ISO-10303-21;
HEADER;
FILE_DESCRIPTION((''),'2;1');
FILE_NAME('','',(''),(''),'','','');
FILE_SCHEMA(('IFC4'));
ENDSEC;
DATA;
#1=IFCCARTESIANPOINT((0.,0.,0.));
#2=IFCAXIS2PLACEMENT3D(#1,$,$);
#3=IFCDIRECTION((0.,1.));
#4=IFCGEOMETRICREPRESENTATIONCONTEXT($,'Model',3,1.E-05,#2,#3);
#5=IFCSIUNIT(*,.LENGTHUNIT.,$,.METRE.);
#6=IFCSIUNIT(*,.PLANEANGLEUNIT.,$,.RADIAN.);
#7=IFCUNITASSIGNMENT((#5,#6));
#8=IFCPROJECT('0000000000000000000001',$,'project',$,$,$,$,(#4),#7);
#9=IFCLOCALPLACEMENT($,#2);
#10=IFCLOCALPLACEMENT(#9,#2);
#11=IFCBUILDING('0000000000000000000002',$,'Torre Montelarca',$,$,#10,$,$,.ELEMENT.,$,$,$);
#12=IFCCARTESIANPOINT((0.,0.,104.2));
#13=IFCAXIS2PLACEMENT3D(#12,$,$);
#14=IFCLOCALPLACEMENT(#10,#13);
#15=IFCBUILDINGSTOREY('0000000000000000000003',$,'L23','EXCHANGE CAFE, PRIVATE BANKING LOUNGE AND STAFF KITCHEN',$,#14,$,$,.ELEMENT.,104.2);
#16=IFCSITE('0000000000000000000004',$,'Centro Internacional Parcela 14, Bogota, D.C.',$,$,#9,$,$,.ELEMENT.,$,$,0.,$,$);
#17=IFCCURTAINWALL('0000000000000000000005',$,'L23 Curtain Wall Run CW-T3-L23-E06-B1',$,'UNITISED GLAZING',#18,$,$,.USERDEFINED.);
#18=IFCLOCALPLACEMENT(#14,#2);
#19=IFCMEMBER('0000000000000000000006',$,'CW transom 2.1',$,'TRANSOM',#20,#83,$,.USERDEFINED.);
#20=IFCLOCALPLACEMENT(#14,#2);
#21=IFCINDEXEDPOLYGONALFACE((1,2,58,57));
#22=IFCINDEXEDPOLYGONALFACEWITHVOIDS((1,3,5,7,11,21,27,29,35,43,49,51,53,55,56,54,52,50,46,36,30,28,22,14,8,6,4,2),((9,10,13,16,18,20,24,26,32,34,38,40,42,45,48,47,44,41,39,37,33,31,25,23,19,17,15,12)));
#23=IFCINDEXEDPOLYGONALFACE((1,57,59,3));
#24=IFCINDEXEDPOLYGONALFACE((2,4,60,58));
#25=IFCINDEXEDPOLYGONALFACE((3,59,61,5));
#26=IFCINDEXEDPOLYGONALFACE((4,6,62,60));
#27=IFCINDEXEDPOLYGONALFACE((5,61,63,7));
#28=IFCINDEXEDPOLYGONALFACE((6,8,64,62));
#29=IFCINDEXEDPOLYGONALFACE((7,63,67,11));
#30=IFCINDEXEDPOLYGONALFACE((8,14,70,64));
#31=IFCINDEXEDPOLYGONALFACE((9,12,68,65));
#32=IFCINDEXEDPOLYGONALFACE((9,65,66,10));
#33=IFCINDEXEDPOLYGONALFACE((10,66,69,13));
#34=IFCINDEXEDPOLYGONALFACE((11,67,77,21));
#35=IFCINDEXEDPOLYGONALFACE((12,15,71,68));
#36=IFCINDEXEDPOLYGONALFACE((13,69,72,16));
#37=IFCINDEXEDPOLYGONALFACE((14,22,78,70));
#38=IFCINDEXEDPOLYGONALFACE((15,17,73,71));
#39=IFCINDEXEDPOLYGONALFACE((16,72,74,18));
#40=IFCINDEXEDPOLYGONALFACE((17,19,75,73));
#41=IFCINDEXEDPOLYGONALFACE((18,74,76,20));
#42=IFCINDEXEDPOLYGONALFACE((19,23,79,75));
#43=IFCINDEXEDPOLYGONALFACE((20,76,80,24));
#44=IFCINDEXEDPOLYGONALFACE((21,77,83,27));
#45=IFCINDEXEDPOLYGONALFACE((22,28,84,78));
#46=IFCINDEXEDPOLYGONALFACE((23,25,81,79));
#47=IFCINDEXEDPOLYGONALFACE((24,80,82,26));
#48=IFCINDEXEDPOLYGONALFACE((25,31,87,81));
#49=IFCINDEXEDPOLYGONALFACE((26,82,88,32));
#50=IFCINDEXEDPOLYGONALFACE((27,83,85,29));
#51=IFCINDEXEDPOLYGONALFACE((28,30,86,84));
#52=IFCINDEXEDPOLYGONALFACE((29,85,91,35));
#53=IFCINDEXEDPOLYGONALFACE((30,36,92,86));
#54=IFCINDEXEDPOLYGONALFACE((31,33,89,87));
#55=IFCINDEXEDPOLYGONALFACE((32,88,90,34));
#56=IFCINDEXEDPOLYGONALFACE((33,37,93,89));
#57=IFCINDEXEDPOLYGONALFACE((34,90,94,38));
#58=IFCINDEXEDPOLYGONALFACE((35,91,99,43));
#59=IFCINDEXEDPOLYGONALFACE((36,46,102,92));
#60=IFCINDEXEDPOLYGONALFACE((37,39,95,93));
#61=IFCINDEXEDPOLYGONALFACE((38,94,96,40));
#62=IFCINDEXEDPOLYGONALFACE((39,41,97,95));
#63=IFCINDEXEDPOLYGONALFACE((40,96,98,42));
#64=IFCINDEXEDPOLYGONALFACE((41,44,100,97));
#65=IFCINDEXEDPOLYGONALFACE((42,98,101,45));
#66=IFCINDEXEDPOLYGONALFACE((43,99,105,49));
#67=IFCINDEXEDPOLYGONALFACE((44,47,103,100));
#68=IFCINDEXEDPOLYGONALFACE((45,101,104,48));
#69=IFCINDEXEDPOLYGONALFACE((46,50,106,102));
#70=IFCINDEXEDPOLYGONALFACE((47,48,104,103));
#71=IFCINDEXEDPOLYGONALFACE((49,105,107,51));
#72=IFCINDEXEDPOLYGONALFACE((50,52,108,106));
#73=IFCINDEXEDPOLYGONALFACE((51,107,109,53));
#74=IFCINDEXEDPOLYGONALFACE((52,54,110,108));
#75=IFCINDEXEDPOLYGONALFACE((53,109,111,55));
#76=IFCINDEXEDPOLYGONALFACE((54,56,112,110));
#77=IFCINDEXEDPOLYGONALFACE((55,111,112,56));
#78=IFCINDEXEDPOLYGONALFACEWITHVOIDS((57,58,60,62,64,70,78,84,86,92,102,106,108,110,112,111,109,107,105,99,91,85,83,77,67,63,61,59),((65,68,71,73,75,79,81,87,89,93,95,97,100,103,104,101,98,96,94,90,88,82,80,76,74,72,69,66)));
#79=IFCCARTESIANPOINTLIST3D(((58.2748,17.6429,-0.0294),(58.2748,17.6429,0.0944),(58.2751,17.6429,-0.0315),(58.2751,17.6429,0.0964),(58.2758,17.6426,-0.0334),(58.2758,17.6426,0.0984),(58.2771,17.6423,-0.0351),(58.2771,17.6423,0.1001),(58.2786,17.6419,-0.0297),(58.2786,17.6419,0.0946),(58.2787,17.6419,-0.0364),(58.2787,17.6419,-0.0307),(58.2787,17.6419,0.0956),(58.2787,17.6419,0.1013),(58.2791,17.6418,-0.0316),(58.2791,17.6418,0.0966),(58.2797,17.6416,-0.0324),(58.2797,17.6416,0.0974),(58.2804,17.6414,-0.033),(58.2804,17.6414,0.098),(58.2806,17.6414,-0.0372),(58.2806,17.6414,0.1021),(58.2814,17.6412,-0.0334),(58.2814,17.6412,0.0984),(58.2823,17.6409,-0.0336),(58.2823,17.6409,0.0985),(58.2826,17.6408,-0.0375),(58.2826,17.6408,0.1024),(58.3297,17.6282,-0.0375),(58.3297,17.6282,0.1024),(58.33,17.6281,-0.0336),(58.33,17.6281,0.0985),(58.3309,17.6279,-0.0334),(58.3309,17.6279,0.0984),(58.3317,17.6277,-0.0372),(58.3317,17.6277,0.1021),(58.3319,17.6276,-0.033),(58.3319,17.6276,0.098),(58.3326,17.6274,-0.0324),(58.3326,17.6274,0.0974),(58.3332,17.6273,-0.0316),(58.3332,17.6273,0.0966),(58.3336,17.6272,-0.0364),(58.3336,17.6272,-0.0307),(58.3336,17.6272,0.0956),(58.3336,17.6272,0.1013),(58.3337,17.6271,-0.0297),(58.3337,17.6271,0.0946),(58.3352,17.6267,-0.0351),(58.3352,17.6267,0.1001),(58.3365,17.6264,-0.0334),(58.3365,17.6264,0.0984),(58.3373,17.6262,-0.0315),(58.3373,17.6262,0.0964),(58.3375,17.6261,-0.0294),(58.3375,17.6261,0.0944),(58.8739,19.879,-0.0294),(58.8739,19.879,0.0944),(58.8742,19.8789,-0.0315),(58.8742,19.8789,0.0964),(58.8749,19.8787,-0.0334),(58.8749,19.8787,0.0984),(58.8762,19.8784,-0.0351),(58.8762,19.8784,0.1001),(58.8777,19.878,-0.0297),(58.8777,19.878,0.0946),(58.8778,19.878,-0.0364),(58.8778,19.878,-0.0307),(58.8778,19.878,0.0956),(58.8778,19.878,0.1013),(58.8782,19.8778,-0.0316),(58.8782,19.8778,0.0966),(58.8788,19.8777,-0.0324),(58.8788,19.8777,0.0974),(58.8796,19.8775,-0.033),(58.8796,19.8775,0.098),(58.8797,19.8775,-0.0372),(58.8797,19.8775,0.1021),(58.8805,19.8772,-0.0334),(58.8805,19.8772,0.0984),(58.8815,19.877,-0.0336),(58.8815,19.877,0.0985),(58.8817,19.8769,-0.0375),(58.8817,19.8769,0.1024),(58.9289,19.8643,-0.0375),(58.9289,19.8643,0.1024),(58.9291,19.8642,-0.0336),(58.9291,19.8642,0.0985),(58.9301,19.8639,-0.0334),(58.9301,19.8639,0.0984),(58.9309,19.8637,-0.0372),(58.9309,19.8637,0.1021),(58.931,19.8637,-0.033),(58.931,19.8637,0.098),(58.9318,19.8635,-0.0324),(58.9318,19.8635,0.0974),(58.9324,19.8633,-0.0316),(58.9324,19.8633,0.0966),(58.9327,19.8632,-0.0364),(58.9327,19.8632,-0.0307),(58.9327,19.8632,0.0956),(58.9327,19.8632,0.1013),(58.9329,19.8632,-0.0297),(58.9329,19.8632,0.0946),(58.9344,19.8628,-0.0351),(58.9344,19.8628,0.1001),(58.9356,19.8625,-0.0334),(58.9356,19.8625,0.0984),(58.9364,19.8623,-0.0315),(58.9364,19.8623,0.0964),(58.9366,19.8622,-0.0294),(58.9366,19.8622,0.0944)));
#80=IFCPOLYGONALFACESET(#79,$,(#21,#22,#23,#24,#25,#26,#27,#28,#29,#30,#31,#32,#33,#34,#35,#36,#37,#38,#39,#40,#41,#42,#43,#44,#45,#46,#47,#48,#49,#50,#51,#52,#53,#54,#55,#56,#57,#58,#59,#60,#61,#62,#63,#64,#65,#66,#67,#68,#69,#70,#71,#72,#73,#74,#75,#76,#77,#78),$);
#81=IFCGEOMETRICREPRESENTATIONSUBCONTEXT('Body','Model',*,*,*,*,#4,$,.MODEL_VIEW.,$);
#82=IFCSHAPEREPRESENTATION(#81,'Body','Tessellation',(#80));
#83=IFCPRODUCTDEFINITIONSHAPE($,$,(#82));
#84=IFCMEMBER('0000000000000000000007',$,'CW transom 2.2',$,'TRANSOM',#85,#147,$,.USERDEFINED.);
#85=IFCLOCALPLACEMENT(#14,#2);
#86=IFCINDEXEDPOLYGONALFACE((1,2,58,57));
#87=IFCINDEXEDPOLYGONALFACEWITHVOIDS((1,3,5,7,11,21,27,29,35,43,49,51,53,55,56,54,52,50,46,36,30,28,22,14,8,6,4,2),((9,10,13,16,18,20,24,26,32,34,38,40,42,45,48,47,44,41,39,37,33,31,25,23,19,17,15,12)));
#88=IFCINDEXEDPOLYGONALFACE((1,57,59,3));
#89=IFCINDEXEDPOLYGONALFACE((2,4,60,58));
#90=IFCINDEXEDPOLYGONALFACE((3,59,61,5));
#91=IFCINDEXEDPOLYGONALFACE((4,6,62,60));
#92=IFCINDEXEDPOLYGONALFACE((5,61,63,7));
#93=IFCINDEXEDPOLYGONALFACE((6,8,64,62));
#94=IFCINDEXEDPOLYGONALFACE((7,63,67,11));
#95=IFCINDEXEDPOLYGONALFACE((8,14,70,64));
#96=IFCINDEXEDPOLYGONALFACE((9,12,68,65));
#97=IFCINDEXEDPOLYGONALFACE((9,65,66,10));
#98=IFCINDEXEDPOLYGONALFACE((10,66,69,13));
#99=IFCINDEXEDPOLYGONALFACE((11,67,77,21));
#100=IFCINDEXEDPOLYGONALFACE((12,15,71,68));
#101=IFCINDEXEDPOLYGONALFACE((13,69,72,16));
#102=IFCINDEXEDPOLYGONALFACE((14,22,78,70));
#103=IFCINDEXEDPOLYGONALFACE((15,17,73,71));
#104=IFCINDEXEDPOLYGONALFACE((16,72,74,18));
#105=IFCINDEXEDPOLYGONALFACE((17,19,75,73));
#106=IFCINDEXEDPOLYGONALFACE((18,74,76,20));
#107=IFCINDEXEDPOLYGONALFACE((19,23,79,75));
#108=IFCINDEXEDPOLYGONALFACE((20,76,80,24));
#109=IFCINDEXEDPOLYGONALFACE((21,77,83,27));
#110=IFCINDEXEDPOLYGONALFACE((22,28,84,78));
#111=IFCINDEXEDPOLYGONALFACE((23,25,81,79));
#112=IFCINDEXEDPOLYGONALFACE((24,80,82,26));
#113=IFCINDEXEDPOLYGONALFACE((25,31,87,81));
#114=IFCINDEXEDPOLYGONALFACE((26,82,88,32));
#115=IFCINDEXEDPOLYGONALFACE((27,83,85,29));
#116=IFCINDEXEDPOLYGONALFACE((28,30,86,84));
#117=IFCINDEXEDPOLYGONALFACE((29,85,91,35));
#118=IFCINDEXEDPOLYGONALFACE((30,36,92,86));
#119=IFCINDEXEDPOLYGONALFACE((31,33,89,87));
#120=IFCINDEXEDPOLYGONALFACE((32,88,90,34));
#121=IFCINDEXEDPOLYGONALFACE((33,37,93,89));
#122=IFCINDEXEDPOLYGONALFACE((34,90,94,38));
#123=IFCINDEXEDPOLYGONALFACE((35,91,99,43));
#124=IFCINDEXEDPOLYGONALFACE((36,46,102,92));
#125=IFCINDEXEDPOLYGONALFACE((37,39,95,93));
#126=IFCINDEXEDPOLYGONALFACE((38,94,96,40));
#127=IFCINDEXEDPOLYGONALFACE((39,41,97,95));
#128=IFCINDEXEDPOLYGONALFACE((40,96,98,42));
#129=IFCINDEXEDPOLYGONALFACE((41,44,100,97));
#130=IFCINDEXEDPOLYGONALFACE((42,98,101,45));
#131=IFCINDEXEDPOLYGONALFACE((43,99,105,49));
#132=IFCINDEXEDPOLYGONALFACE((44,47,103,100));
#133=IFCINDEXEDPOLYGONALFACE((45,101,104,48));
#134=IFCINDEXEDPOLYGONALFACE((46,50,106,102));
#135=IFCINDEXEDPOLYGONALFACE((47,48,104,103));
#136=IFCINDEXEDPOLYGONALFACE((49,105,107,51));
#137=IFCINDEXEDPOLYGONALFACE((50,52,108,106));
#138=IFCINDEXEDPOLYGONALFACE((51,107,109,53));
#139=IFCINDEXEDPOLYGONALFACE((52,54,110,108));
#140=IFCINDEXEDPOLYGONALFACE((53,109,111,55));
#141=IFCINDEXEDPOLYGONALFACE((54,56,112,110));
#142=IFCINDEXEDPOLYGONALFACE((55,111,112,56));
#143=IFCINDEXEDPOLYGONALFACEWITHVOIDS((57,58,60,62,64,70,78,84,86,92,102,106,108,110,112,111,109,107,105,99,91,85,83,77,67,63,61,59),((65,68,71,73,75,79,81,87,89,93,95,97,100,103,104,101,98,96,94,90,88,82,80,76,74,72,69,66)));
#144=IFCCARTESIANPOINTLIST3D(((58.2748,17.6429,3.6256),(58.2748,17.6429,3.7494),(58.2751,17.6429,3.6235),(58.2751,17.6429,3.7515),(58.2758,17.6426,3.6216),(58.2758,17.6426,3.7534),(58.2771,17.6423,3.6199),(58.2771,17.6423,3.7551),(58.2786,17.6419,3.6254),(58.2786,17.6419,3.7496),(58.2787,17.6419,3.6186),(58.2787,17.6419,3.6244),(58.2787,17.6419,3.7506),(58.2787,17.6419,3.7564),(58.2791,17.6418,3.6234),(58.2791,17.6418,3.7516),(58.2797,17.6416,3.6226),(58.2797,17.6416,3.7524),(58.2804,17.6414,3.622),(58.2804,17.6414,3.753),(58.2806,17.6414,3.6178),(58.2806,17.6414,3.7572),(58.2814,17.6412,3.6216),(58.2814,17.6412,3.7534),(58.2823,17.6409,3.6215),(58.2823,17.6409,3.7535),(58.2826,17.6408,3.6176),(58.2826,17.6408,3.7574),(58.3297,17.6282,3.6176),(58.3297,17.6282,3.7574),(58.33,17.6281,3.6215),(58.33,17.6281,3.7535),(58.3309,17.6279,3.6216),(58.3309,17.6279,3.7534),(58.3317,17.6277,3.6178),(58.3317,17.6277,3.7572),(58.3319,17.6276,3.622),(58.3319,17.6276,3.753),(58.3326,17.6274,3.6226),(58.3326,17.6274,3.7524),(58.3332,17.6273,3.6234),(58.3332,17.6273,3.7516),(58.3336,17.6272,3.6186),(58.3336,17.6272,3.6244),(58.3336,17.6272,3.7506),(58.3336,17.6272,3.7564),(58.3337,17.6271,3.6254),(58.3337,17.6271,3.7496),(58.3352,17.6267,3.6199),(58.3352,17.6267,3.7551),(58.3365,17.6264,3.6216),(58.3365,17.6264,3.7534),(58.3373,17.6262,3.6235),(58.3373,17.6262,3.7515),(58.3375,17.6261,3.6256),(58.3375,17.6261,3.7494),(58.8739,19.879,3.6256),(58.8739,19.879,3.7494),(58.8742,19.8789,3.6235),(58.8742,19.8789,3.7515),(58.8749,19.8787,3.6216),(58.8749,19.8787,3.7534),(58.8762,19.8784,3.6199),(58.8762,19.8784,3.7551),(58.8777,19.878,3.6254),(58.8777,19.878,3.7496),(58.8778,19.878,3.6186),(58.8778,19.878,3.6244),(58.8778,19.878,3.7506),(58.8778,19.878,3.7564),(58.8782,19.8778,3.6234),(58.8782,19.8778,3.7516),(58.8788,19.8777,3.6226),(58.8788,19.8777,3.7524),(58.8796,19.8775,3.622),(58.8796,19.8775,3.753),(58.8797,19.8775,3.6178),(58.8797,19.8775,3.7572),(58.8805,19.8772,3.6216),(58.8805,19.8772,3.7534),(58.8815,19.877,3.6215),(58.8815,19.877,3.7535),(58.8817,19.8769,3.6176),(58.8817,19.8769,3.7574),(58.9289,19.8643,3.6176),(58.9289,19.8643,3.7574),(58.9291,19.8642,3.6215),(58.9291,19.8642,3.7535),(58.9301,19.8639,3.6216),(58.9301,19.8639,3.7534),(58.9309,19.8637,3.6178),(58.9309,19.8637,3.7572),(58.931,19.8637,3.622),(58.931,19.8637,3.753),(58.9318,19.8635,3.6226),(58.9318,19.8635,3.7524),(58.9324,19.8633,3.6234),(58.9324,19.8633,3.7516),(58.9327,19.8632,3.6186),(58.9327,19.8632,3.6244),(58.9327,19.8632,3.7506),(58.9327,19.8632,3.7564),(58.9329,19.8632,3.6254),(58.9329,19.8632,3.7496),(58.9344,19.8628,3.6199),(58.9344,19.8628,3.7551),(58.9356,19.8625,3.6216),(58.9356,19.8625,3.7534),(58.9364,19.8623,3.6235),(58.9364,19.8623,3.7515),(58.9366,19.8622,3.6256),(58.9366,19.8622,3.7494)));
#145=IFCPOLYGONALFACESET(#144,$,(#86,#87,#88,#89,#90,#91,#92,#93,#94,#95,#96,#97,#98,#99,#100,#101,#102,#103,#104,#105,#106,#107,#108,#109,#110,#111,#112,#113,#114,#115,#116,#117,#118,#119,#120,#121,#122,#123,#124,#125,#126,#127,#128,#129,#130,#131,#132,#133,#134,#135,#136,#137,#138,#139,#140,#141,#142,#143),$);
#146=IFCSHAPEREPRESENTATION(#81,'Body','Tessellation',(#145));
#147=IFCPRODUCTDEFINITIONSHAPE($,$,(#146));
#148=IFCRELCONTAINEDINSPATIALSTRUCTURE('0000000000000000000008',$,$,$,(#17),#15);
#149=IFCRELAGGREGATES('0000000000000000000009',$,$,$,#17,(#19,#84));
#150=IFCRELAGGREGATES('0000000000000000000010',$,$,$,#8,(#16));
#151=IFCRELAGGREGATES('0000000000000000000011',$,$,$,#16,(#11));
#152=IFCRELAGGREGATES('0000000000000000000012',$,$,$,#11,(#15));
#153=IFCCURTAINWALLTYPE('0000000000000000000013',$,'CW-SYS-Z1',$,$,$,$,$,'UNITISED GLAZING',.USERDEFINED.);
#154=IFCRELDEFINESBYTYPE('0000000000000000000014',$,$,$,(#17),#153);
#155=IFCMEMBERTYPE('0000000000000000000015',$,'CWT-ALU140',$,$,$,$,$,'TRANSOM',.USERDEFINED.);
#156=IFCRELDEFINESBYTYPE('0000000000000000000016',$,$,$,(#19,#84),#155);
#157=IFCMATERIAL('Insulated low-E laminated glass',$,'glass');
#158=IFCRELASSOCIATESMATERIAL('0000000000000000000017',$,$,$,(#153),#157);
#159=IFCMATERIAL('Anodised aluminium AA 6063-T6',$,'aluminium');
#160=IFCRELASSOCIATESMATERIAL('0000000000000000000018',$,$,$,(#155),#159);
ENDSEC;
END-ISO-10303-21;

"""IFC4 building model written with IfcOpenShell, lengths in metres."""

from ifc_helpers import new_model, si_unit, direction, frame, origin, origin_2d, place, context, subcontext, project, spatial, hollow_rectangle, extrude, source, transform, mapped, material, material_profile, profile_set, type_object, element, aggregate, save


model = new_model("IFC4")

# Units and contexts
model_context = context("Model", 3, precision=1e-05, world=origin(), true_north=direction((0.0, 1.0)))
body_context = subcontext(model_context, "Body", "Model", "MODEL_VIEW")
ifc_project = project(units=[si_unit("LENGTHUNIT", "METRE"), si_unit("PLANEANGLEUNIT", "RADIAN")], contexts=[model_context])

# Site, building, storey
site_placement = place(None, origin())
site = spatial("IfcSite", under=ifc_project, at=site_placement, Name="Centro Internacional Parcela 14, Bogota, D.C.", CompositionType="ELEMENT", RefElevation=0.0)
building_placement = place(site_placement, origin())
building = spatial("IfcBuilding", under=site, at=building_placement, Name="Torre Montelarca", CompositionType="ELEMENT")
storey_placement = place(building_placement, frame((0.0, 0.0, 104.2)))
storey = spatial("IfcBuildingStorey", under=building, at=storey_placement, Name="L23", Description="EXCHANGE CAFE, PRIVATE BANKING LOUNGE AND STAFF KITCHEN", CompositionType="ELEMENT", Elevation=104.2)

# Curtain wall, members
ifc_material_1 = material(Name="Insulated low-E laminated glass", Category="glass")
curtain_wall_type = type_object("IfcCurtainWallType", Name="CW-SYS-Z1", ElementType="UNITISED GLAZING", PredefinedType="USERDEFINED", material=ifc_material_1)
ifc_material_2 = material(Name="Anodised aluminium AA 6063-T6", Category="aluminium")
ifc_material_profile_1 = material_profile(ifc_material_2, hollow_rectangle(XDim=0.0649, YDim=0.1399, WallThickness=0.0039, InnerFilletRadius=0.0039, OuterFilletRadius=0.0081, at=origin_2d()), Name="ALU65X140X4", Category="aluminium")
ifc_profile_set_1 = profile_set([ifc_material_profile_1], Name="Anodised aluminium AA 6063-T6")
member_type_1 = type_object("IfcMemberType", Name="CWT-ALU140", ElementType="TRANSOM", PredefinedType="USERDEFINED", material=ifc_profile_set_1)
curtain_wall_1_placement = place(storey_placement, origin())
curtain_wall_1 = element("IfcCurtainWall", 1, at=curtain_wall_1_placement, inside=storey, type_object=curtain_wall_type, Name="L23 Curtain Wall Run CW-T3-L23-E06-B1", ObjectType="UNITISED GLAZING", PredefinedType="USERDEFINED")
shared_shape_1 = source(origin(), body_context, "Body", "SweptSolid", [
    extrude(hollow_rectangle(XDim=0.0649, YDim=0.1399, WallThickness=0.0039, InnerFilletRadius=0.0039, OuterFilletRadius=0.0081, at=origin_2d()), origin(), (0.0, 0.0, 1.0), 2.3149),
])
member_1_placement = place(storey_placement, frame((58.3062, 17.6345, 0.0325), z_axis=(0.258805, 0.96593, 0.0), x_axis=(-0.96593, 0.258805, 0.0)))
member_1 = element("IfcMember", 2, at=member_1_placement, type_object=member_type_1, Name="CW transom 2.1", ObjectType="TRANSOM", PredefinedType="USERDEFINED", context=body_context, shape_type="MappedRepresentation", body=[
    mapped(shared_shape_1, transform((0.0, 0.0, 0.0), scale=1.0)),
])
member_2_placement = place(storey_placement, frame((58.3062, 17.6345, 3.6875), z_axis=(0.258805, 0.96593, 0.0), x_axis=(-0.96593, 0.258805, 0.0)))
member_2 = element("IfcMember", 3, at=member_2_placement, type_object=member_type_1, Name="CW transom 2.2", ObjectType="TRANSOM", PredefinedType="USERDEFINED", context=body_context, shape_type="MappedRepresentation", body=[
    mapped(shared_shape_1, transform((0.0, 0.0, 0.0), scale=1.0)),
])

aggregate(curtain_wall_1, [member_1, member_2])

save(model, "model.ifc")
